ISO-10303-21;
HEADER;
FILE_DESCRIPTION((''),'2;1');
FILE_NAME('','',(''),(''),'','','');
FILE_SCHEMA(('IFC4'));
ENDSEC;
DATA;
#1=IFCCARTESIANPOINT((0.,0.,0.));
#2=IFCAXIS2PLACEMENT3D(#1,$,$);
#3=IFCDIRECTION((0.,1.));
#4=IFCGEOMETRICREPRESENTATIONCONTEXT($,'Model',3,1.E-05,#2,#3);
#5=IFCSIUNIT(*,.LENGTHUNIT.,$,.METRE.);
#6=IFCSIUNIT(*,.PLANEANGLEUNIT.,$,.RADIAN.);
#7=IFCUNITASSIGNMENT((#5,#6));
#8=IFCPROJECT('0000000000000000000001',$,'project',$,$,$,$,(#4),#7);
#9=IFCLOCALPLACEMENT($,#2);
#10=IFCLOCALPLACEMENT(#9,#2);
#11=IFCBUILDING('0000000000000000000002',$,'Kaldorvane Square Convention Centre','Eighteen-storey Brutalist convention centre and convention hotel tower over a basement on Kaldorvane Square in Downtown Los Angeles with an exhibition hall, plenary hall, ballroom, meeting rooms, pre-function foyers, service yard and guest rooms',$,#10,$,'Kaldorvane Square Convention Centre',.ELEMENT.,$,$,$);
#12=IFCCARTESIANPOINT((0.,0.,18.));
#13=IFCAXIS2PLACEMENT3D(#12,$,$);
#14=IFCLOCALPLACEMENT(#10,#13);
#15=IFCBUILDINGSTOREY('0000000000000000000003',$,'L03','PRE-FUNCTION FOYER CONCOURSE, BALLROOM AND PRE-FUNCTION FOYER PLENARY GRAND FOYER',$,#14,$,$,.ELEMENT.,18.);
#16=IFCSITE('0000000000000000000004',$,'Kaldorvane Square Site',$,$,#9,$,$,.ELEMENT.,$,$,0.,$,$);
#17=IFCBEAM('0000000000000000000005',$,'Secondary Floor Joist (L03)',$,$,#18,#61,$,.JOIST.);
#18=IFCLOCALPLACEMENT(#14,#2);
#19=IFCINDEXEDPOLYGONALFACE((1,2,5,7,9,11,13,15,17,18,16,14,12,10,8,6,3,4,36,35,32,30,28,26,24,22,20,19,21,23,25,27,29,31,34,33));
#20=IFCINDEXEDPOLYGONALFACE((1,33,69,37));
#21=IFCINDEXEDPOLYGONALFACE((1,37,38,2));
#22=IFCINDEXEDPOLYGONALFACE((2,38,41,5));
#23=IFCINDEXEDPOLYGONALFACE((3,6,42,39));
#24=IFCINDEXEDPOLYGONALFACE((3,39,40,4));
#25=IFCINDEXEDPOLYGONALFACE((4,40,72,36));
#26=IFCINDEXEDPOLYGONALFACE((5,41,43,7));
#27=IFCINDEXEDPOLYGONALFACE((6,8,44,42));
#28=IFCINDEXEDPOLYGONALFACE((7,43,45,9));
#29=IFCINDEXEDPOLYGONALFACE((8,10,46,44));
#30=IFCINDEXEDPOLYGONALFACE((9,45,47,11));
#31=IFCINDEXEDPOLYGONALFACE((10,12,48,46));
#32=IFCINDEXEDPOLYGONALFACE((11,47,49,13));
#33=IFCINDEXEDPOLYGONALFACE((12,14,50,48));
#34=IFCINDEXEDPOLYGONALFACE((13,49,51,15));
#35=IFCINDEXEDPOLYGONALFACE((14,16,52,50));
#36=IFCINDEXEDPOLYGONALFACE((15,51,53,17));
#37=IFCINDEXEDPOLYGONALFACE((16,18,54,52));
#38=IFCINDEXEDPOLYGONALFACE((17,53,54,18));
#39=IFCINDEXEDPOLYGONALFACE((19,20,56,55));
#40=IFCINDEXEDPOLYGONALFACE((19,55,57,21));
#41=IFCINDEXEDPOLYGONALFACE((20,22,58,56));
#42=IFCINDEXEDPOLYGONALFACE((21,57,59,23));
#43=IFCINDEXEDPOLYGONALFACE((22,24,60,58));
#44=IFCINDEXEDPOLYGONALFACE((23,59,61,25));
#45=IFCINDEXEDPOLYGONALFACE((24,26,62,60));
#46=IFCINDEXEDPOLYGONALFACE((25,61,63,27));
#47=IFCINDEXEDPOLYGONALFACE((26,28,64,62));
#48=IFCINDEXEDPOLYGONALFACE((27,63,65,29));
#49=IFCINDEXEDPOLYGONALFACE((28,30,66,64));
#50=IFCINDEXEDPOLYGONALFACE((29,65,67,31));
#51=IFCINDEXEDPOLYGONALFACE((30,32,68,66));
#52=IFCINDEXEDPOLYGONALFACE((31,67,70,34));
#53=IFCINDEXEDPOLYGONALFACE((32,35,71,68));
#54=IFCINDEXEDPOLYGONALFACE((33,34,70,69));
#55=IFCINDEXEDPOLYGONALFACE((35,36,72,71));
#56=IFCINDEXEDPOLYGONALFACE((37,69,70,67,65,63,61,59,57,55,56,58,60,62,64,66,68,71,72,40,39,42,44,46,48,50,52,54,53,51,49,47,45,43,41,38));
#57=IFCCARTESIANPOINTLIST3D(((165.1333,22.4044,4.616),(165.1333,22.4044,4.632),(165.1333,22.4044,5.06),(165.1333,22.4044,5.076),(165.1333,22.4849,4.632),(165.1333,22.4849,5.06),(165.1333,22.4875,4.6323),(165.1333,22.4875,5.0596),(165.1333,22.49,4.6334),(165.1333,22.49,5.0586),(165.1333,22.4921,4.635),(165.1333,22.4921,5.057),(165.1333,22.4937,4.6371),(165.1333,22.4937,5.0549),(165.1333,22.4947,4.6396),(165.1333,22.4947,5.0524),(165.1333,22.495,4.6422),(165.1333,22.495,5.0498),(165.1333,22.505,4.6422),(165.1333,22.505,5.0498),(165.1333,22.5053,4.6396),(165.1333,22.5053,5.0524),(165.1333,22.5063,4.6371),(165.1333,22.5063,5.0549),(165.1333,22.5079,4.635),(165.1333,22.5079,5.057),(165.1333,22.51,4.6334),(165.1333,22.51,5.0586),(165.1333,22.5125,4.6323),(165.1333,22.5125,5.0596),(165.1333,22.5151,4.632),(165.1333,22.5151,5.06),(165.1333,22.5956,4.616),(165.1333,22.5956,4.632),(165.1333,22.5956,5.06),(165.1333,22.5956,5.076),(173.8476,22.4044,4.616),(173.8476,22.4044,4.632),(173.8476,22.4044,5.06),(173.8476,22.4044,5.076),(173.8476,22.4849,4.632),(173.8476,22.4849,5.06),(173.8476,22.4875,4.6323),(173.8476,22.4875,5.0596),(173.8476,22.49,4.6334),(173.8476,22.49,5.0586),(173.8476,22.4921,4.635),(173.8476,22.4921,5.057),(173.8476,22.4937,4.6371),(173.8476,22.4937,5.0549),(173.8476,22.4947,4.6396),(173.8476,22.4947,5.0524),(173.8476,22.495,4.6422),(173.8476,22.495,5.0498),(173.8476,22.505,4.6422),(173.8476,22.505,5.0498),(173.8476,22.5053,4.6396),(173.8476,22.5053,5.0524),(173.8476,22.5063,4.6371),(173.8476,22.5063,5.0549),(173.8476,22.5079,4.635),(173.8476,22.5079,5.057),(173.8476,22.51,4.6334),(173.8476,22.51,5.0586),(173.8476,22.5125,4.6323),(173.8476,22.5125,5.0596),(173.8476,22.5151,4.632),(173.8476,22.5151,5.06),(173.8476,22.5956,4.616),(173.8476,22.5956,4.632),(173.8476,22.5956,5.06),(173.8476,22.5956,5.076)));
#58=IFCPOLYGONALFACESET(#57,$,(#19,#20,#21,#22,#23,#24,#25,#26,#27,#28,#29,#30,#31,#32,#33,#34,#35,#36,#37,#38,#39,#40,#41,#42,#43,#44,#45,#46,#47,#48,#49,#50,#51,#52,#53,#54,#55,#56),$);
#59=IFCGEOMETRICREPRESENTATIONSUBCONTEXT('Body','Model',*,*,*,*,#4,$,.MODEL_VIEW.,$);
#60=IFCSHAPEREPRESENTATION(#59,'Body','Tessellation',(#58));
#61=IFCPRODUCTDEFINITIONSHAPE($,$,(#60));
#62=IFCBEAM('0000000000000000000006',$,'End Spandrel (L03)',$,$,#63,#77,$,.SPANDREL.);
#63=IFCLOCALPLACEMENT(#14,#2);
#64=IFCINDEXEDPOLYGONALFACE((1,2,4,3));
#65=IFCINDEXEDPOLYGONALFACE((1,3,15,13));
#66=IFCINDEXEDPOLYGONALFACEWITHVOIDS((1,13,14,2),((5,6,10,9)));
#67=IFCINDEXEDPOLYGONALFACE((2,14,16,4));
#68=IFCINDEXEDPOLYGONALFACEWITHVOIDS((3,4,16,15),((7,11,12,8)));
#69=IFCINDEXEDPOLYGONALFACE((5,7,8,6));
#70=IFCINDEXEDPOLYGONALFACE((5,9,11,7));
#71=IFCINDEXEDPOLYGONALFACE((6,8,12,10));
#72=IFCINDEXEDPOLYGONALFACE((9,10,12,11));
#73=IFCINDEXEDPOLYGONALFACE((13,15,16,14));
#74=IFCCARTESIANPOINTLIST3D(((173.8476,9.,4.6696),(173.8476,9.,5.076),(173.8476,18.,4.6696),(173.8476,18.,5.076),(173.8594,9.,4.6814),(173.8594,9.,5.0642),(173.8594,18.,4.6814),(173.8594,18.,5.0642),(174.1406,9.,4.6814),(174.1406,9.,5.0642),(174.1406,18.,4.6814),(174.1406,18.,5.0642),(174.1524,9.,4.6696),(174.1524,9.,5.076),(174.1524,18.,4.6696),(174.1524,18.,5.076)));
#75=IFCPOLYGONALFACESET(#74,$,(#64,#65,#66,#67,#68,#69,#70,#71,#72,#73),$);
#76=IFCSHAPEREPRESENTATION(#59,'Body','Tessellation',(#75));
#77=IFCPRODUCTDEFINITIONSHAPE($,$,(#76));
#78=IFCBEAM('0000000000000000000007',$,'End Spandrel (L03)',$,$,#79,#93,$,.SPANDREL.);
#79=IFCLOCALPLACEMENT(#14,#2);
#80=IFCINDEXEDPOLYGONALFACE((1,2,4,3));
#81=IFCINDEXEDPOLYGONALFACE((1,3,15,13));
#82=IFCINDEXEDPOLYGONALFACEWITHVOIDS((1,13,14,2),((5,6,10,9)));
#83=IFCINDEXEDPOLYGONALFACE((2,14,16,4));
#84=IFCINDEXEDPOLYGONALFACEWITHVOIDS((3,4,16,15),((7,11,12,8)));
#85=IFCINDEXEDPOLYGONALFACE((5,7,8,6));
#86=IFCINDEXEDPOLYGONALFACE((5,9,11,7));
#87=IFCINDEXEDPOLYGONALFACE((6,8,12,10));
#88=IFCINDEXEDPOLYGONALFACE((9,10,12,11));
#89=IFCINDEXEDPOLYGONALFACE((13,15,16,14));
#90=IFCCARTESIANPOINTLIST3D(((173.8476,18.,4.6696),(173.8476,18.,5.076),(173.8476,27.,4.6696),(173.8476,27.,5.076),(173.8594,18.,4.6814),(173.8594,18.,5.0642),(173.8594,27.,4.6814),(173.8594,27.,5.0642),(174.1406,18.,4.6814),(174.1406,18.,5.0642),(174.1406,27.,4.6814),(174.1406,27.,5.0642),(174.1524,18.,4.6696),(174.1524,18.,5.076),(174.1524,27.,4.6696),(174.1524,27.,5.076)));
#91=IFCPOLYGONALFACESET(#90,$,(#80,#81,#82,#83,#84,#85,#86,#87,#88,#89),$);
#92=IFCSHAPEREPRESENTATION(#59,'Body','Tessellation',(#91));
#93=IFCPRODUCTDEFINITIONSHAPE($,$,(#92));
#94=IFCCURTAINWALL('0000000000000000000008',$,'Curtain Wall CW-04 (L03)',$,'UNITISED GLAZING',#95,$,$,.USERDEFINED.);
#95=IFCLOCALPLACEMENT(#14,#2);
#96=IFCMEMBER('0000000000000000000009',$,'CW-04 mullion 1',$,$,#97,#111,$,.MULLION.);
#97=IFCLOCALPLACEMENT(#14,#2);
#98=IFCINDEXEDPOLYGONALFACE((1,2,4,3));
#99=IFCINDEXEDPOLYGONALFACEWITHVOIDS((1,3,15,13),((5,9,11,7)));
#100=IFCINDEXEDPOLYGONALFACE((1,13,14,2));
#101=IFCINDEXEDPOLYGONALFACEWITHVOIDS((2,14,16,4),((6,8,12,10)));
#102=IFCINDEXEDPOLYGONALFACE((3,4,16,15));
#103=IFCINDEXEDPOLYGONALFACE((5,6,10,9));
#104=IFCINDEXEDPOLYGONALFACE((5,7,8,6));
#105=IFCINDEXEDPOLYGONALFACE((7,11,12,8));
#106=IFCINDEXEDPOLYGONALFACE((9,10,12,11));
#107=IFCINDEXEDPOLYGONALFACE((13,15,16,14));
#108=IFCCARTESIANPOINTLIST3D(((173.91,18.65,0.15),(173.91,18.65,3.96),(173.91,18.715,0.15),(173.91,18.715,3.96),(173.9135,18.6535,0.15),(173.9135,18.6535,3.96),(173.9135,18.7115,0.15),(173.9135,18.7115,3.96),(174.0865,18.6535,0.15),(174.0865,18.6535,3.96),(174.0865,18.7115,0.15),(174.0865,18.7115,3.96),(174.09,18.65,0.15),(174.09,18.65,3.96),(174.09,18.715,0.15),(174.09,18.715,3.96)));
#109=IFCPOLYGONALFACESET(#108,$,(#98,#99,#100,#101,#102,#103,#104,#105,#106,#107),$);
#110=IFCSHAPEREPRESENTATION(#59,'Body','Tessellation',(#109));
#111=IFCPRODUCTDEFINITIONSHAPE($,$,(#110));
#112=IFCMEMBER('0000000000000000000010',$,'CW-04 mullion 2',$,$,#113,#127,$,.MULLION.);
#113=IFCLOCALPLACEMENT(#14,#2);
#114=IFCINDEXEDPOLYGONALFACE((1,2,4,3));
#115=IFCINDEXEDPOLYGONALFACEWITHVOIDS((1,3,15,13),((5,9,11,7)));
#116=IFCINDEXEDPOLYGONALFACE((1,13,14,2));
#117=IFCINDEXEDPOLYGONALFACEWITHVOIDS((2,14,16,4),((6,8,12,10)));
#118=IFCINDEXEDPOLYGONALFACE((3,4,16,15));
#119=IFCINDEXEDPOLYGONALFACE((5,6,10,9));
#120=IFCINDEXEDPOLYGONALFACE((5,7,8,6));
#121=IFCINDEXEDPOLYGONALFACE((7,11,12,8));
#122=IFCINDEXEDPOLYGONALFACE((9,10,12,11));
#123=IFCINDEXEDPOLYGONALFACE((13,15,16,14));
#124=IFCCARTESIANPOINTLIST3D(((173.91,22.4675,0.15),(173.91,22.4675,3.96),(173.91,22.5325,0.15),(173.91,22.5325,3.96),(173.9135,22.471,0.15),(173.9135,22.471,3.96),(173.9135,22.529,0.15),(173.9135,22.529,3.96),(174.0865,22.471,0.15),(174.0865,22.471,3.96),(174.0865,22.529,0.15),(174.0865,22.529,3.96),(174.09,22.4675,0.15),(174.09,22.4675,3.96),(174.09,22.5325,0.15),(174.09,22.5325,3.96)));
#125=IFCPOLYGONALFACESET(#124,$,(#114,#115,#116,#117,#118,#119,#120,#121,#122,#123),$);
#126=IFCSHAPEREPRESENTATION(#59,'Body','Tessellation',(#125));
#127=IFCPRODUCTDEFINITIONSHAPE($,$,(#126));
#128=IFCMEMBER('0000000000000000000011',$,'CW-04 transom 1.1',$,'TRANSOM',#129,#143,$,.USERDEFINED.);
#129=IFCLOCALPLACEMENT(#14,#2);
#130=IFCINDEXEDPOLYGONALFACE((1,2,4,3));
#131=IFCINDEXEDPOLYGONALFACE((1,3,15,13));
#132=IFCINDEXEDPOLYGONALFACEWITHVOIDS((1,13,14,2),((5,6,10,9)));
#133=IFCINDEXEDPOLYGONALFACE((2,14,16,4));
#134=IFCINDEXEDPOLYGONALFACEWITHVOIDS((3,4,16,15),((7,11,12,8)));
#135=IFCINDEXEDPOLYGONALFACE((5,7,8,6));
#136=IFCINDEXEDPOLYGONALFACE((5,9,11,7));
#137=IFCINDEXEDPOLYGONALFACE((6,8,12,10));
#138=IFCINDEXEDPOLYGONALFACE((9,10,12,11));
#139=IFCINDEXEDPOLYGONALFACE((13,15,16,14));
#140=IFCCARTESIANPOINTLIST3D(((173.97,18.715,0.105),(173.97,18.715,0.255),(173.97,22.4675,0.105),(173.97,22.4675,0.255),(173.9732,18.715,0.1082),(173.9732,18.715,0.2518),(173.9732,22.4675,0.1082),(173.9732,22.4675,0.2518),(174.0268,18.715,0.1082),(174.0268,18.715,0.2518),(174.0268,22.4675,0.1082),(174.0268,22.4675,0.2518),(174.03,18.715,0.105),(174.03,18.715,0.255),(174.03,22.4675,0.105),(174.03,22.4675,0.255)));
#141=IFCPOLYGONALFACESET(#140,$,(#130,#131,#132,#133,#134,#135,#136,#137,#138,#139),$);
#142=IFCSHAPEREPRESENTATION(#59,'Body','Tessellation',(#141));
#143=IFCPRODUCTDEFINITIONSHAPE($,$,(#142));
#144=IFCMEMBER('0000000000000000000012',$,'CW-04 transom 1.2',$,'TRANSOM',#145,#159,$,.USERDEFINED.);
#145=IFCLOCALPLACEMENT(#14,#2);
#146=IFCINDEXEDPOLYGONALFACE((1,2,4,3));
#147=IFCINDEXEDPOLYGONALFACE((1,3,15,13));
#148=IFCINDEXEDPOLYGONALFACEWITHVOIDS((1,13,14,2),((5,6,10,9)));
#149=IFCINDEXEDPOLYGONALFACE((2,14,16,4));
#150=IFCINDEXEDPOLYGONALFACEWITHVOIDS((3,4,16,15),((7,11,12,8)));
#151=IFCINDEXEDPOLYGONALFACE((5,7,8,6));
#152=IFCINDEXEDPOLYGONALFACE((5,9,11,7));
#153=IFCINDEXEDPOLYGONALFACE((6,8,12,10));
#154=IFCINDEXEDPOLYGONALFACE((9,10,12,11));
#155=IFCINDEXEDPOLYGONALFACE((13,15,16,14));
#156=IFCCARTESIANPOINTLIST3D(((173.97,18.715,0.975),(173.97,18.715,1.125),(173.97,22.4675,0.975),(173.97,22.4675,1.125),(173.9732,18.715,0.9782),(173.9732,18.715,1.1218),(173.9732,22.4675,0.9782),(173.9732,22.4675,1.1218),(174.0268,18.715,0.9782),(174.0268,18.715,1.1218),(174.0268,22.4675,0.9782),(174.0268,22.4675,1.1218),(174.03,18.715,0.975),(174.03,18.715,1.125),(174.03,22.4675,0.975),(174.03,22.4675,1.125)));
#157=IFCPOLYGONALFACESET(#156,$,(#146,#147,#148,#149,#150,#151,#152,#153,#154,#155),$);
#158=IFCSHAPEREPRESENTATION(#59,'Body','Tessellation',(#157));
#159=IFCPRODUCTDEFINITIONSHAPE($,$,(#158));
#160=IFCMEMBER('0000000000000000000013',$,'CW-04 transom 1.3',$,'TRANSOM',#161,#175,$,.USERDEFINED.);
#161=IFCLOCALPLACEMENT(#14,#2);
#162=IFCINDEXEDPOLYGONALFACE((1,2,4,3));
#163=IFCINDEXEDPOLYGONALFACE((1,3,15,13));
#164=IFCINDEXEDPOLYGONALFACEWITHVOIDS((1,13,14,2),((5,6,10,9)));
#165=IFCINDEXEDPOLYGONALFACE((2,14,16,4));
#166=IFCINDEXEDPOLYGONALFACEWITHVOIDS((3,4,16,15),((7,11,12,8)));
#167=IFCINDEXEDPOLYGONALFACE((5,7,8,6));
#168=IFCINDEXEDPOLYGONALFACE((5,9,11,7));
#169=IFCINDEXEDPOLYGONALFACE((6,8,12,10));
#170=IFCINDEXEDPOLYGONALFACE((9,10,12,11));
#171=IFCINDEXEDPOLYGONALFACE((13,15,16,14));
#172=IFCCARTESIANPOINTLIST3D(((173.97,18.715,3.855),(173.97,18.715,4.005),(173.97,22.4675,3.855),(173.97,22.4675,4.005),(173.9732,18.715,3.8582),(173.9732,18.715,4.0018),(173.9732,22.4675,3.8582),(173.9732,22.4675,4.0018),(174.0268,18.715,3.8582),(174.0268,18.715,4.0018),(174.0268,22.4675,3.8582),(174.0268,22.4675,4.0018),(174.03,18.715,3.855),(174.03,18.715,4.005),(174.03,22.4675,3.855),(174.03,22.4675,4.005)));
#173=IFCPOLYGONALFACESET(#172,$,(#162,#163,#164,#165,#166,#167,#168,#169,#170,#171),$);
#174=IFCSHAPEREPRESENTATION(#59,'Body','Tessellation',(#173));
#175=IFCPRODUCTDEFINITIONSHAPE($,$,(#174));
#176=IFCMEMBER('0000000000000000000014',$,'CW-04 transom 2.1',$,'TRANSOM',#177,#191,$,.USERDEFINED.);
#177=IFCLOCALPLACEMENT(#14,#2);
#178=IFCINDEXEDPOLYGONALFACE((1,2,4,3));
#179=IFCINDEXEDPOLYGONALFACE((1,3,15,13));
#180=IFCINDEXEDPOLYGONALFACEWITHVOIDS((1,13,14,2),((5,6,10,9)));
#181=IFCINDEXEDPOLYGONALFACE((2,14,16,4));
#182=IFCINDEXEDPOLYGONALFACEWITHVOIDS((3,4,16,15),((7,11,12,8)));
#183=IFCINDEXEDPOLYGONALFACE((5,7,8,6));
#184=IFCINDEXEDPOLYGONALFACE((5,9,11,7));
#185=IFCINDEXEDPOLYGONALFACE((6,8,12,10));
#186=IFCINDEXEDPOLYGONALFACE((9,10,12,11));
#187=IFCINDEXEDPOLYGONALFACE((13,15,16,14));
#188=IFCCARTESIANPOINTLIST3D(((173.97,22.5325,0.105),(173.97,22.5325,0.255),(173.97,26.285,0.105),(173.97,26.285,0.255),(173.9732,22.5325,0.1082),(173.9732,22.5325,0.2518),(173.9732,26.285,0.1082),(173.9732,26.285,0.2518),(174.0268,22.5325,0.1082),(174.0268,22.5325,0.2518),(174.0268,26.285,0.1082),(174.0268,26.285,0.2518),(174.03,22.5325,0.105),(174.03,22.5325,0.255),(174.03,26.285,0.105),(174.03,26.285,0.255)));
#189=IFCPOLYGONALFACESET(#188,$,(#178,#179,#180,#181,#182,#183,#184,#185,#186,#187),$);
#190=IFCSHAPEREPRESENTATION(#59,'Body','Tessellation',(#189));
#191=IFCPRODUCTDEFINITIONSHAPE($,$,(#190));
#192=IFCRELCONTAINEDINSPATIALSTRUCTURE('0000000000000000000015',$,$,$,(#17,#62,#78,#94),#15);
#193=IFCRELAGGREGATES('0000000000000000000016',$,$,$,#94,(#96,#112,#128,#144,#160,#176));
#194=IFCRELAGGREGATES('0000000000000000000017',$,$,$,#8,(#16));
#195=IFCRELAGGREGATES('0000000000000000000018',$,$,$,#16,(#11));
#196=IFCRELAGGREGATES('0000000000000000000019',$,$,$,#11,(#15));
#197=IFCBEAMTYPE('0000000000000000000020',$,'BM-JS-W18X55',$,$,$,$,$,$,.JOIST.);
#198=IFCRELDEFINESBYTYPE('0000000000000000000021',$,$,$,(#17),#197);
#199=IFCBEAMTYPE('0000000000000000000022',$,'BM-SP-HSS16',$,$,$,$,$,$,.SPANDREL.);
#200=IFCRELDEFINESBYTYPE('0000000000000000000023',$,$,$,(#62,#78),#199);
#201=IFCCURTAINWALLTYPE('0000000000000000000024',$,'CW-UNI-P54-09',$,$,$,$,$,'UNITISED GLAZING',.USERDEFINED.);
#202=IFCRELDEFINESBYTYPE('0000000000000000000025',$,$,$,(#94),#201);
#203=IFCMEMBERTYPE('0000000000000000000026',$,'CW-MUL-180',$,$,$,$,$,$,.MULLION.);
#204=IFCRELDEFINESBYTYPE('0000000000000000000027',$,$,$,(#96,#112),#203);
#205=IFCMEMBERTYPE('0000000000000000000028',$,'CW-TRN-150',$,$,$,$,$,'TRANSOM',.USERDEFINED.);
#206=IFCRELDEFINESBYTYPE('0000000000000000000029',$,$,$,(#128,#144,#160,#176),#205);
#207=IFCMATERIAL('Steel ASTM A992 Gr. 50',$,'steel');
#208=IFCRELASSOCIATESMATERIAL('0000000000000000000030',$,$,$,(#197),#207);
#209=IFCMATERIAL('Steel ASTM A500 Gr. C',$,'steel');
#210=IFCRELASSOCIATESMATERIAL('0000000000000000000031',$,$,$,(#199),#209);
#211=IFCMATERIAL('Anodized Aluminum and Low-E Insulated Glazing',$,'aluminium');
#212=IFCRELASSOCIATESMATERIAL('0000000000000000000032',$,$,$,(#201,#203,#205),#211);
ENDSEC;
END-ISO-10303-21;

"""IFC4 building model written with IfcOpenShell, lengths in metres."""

from ifc_helpers import new_model, si_unit, direction, frame, origin, origin_2d, place, context, subcontext, project, spatial, hollow_rectangle, i_section, extrude, material, material_profile, profile_set, type_object, element, aggregate, save


model = new_model("IFC4")

# Units and contexts
model_context = context("Model", 3, precision=1e-05, world=origin(), true_north=direction((0.0, 1.0)))
body_context = subcontext(model_context, "Body", "Model", "MODEL_VIEW")
ifc_project = project(units=[si_unit("LENGTHUNIT", "METRE"), si_unit("PLANEANGLEUNIT", "RADIAN")], contexts=[model_context])

# Site, building, storey
site_placement = place(None, origin())
site = spatial("IfcSite", under=ifc_project, at=site_placement, Name="Kaldorvane Square Site", CompositionType="ELEMENT", RefElevation=0.0)
building_placement = place(site_placement, origin())
building = spatial("IfcBuilding", under=site, at=building_placement, Name="Kaldorvane Square Convention Centre", Description="Eighteen-storey Brutalist convention centre and convention hotel tower over a basement on Kaldorvane Square in Downtown Los Angeles with an exhibition hall, plenary hall, ballroom, meeting rooms, pre-function foyers, service yard and guest rooms", LongName="Kaldorvane Square Convention Centre", CompositionType="ELEMENT")
storey_placement = place(building_placement, frame((0.0, 0.0, 18.0)))
storey = spatial("IfcBuildingStorey", under=building, at=storey_placement, Name="L03", Description="PRE-FUNCTION FOYER CONCOURSE, BALLROOM AND PRE-FUNCTION FOYER PLENARY GRAND FOYER", CompositionType="ELEMENT", Elevation=18.0)

# Shared definitions
ifc_material_1 = material(Name="Steel ASTM A992 Gr. 50", Category="steel")

# Beams
ifc_material_profile_1 = material_profile(ifc_material_1, i_section(OverallWidth=0.1913, OverallDepth=0.46, WebThickness=0.0099, FlangeThickness=0.016, FilletRadius=0.0102, at=origin_2d()), Name="W18X55")
ifc_profile_set_1 = profile_set([ifc_material_profile_1], Name="Steel ASTM A992 Gr. 50")
beam_type_1 = type_object("IfcBeamType", Name="BM-JS-W18X55", PredefinedType="JOIST", material=ifc_profile_set_1)
for number, where, z_axis, x_axis, name in (
    (1, (165.1333, 22.5, 4.846), (1.0, 0.0, 0.0), (0.0, 1.0, 0.0), "Secondary Floor Joist (L03)"),
):
    element("IfcBeam", number, at=place(storey_placement, frame(where, z_axis=z_axis, x_axis=x_axis)), inside=storey, type_object=beam_type_1, Name=name, PredefinedType="JOIST", context=body_context, shape_type="SweptSolid", body=[
        extrude(i_section(OverallWidth=0.1913, OverallDepth=0.46, WebThickness=0.0099, FlangeThickness=0.016, FilletRadius=0.0102, at=origin_2d()), origin(), (0.0, 0.0, 1.0), 8.7143),
    ])
ifc_material_2 = material(Name="Steel ASTM A500 Gr. C", Category="steel")
ifc_material_profile_2 = material_profile(ifc_material_2, hollow_rectangle(XDim=0.3048, YDim=0.4064, WallThickness=0.0118, at=origin_2d()), Name="HSS16X12X1/2")
ifc_profile_set_2 = profile_set([ifc_material_profile_2], Name="Steel ASTM A500 Gr. C")
beam_type_2 = type_object("IfcBeamType", Name="BM-SP-HSS16", PredefinedType="SPANDREL", material=ifc_profile_set_2)
for number, where, z_axis, x_axis, name in (
    (2, (174.0, 9.0, 4.8728), (0.0, 1.0, 0.0), (-1.0, 0.0, 0.0), "End Spandrel (L03)"),
    (3, (174.0, 18.0, 4.8728), (0.0, 1.0, 0.0), (-1.0, 0.0, 0.0), "End Spandrel (L03)"),
):
    element("IfcBeam", number, at=place(storey_placement, frame(where, z_axis=z_axis, x_axis=x_axis)), inside=storey, type_object=beam_type_2, Name=name, PredefinedType="SPANDREL", context=body_context, shape_type="SweptSolid", body=[
        extrude(hollow_rectangle(XDim=0.3048, YDim=0.4064, WallThickness=0.0118, at=origin_2d()), origin(), (0.0, 0.0, 1.0), 9.0),
    ])

# Curtain wall, members
ifc_material_3 = material(Name="Anodized Aluminum and Low-E Insulated Glazing", Category="aluminium")
curtain_wall_type = type_object("IfcCurtainWallType", Name="CW-UNI-P54-09", ElementType="UNITISED GLAZING", PredefinedType="USERDEFINED", material=ifc_material_3)
curtain_wall_placement = place(storey_placement, origin())
curtain_wall = element("IfcCurtainWall", 4, at=curtain_wall_placement, inside=storey, type_object=curtain_wall_type, Name="Curtain Wall CW-04 (L03)", ObjectType="UNITISED GLAZING", PredefinedType="USERDEFINED")
ifc_material_profile_3 = material_profile(ifc_material_3, hollow_rectangle(XDim=0.065, YDim=0.18, WallThickness=0.0035, at=origin_2d()), Name="CWM-180X65")
ifc_profile_set_3 = profile_set([ifc_material_profile_3], Name="Anodized Aluminum and Low-E Insulated Glazing")
member_type_1 = type_object("IfcMemberType", Name="CW-MUL-180", PredefinedType="MULLION", material=ifc_profile_set_3)
member_1_placement = place(storey_placement, frame((174.0, 18.6825, 0.15), z_axis=(0.0, 0.0, 1.0), x_axis=(0.0, 1.0, 0.0)))
member_1 = element("IfcMember", 5, at=member_1_placement, type_object=member_type_1, Name="CW-04 mullion 1", PredefinedType="MULLION", context=body_context, shape_type="SweptSolid", body=[
    extrude(hollow_rectangle(XDim=0.065, YDim=0.18, WallThickness=0.0035, at=origin_2d()), origin(), (0.0, 0.0, 1.0), 3.81),
])
member_2_placement = place(storey_placement, frame((174.0, 22.5, 0.15), z_axis=(0.0, 0.0, 1.0), x_axis=(0.0, 1.0, 0.0)))
member_2 = element("IfcMember", 6, at=member_2_placement, type_object=member_type_1, Name="CW-04 mullion 2", PredefinedType="MULLION", context=body_context, shape_type="SweptSolid", body=[
    extrude(hollow_rectangle(XDim=0.065, YDim=0.18, WallThickness=0.0035, at=origin_2d()), origin(), (0.0, 0.0, 1.0), 3.81),
])
ifc_material_profile_4 = material_profile(ifc_material_3, hollow_rectangle(XDim=0.06, YDim=0.15, WallThickness=0.0032, at=origin_2d()), Name="CWT-150X60")
ifc_profile_set_4 = profile_set([ifc_material_profile_4], Name="Anodized Aluminum and Low-E Insulated Glazing")
member_type_2 = type_object("IfcMemberType", Name="CW-TRN-150", ElementType="TRANSOM", PredefinedType="USERDEFINED", material=ifc_profile_set_4)
member_3_placement = place(storey_placement, frame((174.0, 18.715, 0.18), z_axis=(0.0, 1.0, 0.0), x_axis=(-1.0, 0.0, 0.0)))
member_3 = element("IfcMember", 7, at=member_3_placement, type_object=member_type_2, Name="CW-04 transom 1.1", ObjectType="TRANSOM", PredefinedType="USERDEFINED", context=body_context, shape_type="SweptSolid", body=[
    extrude(hollow_rectangle(XDim=0.06, YDim=0.15, WallThickness=0.0032, at=origin_2d()), origin(), (0.0, 0.0, 1.0), 3.7525),
])
member_4_placement = place(storey_placement, frame((174.0, 18.715, 1.05), z_axis=(0.0, 1.0, 0.0), x_axis=(-1.0, 0.0, 0.0)))
member_4 = element("IfcMember", 8, at=member_4_placement, type_object=member_type_2, Name="CW-04 transom 1.2", ObjectType="TRANSOM", PredefinedType="USERDEFINED", context=body_context, shape_type="SweptSolid", body=[
    extrude(hollow_rectangle(XDim=0.06, YDim=0.15, WallThickness=0.0032, at=origin_2d()), origin(), (0.0, 0.0, 1.0), 3.7525),
])
member_5_placement = place(storey_placement, frame((174.0, 18.715, 3.93), z_axis=(0.0, 1.0, 0.0), x_axis=(-1.0, 0.0, 0.0)))
member_5 = element("IfcMember", 9, at=member_5_placement, type_object=member_type_2, Name="CW-04 transom 1.3", ObjectType="TRANSOM", PredefinedType="USERDEFINED", context=body_context, shape_type="SweptSolid", body=[
    extrude(hollow_rectangle(XDim=0.06, YDim=0.15, WallThickness=0.0032, at=origin_2d()), origin(), (0.0, 0.0, 1.0), 3.7525),
])
member_6_placement = place(storey_placement, frame((174.0, 22.5325, 0.18), z_axis=(0.0, 1.0, 0.0), x_axis=(-1.0, 0.0, 0.0)))
member_6 = element("IfcMember", 10, at=member_6_placement, type_object=member_type_2, Name="CW-04 transom 2.1", ObjectType="TRANSOM", PredefinedType="USERDEFINED", context=body_context, shape_type="SweptSolid", body=[
    extrude(hollow_rectangle(XDim=0.06, YDim=0.15, WallThickness=0.0032, at=origin_2d()), origin(), (0.0, 0.0, 1.0), 3.7525),
])

aggregate(curtain_wall, [member_1, member_2, member_3, member_4, member_5, member_6])

save(model, "model.ifc")
